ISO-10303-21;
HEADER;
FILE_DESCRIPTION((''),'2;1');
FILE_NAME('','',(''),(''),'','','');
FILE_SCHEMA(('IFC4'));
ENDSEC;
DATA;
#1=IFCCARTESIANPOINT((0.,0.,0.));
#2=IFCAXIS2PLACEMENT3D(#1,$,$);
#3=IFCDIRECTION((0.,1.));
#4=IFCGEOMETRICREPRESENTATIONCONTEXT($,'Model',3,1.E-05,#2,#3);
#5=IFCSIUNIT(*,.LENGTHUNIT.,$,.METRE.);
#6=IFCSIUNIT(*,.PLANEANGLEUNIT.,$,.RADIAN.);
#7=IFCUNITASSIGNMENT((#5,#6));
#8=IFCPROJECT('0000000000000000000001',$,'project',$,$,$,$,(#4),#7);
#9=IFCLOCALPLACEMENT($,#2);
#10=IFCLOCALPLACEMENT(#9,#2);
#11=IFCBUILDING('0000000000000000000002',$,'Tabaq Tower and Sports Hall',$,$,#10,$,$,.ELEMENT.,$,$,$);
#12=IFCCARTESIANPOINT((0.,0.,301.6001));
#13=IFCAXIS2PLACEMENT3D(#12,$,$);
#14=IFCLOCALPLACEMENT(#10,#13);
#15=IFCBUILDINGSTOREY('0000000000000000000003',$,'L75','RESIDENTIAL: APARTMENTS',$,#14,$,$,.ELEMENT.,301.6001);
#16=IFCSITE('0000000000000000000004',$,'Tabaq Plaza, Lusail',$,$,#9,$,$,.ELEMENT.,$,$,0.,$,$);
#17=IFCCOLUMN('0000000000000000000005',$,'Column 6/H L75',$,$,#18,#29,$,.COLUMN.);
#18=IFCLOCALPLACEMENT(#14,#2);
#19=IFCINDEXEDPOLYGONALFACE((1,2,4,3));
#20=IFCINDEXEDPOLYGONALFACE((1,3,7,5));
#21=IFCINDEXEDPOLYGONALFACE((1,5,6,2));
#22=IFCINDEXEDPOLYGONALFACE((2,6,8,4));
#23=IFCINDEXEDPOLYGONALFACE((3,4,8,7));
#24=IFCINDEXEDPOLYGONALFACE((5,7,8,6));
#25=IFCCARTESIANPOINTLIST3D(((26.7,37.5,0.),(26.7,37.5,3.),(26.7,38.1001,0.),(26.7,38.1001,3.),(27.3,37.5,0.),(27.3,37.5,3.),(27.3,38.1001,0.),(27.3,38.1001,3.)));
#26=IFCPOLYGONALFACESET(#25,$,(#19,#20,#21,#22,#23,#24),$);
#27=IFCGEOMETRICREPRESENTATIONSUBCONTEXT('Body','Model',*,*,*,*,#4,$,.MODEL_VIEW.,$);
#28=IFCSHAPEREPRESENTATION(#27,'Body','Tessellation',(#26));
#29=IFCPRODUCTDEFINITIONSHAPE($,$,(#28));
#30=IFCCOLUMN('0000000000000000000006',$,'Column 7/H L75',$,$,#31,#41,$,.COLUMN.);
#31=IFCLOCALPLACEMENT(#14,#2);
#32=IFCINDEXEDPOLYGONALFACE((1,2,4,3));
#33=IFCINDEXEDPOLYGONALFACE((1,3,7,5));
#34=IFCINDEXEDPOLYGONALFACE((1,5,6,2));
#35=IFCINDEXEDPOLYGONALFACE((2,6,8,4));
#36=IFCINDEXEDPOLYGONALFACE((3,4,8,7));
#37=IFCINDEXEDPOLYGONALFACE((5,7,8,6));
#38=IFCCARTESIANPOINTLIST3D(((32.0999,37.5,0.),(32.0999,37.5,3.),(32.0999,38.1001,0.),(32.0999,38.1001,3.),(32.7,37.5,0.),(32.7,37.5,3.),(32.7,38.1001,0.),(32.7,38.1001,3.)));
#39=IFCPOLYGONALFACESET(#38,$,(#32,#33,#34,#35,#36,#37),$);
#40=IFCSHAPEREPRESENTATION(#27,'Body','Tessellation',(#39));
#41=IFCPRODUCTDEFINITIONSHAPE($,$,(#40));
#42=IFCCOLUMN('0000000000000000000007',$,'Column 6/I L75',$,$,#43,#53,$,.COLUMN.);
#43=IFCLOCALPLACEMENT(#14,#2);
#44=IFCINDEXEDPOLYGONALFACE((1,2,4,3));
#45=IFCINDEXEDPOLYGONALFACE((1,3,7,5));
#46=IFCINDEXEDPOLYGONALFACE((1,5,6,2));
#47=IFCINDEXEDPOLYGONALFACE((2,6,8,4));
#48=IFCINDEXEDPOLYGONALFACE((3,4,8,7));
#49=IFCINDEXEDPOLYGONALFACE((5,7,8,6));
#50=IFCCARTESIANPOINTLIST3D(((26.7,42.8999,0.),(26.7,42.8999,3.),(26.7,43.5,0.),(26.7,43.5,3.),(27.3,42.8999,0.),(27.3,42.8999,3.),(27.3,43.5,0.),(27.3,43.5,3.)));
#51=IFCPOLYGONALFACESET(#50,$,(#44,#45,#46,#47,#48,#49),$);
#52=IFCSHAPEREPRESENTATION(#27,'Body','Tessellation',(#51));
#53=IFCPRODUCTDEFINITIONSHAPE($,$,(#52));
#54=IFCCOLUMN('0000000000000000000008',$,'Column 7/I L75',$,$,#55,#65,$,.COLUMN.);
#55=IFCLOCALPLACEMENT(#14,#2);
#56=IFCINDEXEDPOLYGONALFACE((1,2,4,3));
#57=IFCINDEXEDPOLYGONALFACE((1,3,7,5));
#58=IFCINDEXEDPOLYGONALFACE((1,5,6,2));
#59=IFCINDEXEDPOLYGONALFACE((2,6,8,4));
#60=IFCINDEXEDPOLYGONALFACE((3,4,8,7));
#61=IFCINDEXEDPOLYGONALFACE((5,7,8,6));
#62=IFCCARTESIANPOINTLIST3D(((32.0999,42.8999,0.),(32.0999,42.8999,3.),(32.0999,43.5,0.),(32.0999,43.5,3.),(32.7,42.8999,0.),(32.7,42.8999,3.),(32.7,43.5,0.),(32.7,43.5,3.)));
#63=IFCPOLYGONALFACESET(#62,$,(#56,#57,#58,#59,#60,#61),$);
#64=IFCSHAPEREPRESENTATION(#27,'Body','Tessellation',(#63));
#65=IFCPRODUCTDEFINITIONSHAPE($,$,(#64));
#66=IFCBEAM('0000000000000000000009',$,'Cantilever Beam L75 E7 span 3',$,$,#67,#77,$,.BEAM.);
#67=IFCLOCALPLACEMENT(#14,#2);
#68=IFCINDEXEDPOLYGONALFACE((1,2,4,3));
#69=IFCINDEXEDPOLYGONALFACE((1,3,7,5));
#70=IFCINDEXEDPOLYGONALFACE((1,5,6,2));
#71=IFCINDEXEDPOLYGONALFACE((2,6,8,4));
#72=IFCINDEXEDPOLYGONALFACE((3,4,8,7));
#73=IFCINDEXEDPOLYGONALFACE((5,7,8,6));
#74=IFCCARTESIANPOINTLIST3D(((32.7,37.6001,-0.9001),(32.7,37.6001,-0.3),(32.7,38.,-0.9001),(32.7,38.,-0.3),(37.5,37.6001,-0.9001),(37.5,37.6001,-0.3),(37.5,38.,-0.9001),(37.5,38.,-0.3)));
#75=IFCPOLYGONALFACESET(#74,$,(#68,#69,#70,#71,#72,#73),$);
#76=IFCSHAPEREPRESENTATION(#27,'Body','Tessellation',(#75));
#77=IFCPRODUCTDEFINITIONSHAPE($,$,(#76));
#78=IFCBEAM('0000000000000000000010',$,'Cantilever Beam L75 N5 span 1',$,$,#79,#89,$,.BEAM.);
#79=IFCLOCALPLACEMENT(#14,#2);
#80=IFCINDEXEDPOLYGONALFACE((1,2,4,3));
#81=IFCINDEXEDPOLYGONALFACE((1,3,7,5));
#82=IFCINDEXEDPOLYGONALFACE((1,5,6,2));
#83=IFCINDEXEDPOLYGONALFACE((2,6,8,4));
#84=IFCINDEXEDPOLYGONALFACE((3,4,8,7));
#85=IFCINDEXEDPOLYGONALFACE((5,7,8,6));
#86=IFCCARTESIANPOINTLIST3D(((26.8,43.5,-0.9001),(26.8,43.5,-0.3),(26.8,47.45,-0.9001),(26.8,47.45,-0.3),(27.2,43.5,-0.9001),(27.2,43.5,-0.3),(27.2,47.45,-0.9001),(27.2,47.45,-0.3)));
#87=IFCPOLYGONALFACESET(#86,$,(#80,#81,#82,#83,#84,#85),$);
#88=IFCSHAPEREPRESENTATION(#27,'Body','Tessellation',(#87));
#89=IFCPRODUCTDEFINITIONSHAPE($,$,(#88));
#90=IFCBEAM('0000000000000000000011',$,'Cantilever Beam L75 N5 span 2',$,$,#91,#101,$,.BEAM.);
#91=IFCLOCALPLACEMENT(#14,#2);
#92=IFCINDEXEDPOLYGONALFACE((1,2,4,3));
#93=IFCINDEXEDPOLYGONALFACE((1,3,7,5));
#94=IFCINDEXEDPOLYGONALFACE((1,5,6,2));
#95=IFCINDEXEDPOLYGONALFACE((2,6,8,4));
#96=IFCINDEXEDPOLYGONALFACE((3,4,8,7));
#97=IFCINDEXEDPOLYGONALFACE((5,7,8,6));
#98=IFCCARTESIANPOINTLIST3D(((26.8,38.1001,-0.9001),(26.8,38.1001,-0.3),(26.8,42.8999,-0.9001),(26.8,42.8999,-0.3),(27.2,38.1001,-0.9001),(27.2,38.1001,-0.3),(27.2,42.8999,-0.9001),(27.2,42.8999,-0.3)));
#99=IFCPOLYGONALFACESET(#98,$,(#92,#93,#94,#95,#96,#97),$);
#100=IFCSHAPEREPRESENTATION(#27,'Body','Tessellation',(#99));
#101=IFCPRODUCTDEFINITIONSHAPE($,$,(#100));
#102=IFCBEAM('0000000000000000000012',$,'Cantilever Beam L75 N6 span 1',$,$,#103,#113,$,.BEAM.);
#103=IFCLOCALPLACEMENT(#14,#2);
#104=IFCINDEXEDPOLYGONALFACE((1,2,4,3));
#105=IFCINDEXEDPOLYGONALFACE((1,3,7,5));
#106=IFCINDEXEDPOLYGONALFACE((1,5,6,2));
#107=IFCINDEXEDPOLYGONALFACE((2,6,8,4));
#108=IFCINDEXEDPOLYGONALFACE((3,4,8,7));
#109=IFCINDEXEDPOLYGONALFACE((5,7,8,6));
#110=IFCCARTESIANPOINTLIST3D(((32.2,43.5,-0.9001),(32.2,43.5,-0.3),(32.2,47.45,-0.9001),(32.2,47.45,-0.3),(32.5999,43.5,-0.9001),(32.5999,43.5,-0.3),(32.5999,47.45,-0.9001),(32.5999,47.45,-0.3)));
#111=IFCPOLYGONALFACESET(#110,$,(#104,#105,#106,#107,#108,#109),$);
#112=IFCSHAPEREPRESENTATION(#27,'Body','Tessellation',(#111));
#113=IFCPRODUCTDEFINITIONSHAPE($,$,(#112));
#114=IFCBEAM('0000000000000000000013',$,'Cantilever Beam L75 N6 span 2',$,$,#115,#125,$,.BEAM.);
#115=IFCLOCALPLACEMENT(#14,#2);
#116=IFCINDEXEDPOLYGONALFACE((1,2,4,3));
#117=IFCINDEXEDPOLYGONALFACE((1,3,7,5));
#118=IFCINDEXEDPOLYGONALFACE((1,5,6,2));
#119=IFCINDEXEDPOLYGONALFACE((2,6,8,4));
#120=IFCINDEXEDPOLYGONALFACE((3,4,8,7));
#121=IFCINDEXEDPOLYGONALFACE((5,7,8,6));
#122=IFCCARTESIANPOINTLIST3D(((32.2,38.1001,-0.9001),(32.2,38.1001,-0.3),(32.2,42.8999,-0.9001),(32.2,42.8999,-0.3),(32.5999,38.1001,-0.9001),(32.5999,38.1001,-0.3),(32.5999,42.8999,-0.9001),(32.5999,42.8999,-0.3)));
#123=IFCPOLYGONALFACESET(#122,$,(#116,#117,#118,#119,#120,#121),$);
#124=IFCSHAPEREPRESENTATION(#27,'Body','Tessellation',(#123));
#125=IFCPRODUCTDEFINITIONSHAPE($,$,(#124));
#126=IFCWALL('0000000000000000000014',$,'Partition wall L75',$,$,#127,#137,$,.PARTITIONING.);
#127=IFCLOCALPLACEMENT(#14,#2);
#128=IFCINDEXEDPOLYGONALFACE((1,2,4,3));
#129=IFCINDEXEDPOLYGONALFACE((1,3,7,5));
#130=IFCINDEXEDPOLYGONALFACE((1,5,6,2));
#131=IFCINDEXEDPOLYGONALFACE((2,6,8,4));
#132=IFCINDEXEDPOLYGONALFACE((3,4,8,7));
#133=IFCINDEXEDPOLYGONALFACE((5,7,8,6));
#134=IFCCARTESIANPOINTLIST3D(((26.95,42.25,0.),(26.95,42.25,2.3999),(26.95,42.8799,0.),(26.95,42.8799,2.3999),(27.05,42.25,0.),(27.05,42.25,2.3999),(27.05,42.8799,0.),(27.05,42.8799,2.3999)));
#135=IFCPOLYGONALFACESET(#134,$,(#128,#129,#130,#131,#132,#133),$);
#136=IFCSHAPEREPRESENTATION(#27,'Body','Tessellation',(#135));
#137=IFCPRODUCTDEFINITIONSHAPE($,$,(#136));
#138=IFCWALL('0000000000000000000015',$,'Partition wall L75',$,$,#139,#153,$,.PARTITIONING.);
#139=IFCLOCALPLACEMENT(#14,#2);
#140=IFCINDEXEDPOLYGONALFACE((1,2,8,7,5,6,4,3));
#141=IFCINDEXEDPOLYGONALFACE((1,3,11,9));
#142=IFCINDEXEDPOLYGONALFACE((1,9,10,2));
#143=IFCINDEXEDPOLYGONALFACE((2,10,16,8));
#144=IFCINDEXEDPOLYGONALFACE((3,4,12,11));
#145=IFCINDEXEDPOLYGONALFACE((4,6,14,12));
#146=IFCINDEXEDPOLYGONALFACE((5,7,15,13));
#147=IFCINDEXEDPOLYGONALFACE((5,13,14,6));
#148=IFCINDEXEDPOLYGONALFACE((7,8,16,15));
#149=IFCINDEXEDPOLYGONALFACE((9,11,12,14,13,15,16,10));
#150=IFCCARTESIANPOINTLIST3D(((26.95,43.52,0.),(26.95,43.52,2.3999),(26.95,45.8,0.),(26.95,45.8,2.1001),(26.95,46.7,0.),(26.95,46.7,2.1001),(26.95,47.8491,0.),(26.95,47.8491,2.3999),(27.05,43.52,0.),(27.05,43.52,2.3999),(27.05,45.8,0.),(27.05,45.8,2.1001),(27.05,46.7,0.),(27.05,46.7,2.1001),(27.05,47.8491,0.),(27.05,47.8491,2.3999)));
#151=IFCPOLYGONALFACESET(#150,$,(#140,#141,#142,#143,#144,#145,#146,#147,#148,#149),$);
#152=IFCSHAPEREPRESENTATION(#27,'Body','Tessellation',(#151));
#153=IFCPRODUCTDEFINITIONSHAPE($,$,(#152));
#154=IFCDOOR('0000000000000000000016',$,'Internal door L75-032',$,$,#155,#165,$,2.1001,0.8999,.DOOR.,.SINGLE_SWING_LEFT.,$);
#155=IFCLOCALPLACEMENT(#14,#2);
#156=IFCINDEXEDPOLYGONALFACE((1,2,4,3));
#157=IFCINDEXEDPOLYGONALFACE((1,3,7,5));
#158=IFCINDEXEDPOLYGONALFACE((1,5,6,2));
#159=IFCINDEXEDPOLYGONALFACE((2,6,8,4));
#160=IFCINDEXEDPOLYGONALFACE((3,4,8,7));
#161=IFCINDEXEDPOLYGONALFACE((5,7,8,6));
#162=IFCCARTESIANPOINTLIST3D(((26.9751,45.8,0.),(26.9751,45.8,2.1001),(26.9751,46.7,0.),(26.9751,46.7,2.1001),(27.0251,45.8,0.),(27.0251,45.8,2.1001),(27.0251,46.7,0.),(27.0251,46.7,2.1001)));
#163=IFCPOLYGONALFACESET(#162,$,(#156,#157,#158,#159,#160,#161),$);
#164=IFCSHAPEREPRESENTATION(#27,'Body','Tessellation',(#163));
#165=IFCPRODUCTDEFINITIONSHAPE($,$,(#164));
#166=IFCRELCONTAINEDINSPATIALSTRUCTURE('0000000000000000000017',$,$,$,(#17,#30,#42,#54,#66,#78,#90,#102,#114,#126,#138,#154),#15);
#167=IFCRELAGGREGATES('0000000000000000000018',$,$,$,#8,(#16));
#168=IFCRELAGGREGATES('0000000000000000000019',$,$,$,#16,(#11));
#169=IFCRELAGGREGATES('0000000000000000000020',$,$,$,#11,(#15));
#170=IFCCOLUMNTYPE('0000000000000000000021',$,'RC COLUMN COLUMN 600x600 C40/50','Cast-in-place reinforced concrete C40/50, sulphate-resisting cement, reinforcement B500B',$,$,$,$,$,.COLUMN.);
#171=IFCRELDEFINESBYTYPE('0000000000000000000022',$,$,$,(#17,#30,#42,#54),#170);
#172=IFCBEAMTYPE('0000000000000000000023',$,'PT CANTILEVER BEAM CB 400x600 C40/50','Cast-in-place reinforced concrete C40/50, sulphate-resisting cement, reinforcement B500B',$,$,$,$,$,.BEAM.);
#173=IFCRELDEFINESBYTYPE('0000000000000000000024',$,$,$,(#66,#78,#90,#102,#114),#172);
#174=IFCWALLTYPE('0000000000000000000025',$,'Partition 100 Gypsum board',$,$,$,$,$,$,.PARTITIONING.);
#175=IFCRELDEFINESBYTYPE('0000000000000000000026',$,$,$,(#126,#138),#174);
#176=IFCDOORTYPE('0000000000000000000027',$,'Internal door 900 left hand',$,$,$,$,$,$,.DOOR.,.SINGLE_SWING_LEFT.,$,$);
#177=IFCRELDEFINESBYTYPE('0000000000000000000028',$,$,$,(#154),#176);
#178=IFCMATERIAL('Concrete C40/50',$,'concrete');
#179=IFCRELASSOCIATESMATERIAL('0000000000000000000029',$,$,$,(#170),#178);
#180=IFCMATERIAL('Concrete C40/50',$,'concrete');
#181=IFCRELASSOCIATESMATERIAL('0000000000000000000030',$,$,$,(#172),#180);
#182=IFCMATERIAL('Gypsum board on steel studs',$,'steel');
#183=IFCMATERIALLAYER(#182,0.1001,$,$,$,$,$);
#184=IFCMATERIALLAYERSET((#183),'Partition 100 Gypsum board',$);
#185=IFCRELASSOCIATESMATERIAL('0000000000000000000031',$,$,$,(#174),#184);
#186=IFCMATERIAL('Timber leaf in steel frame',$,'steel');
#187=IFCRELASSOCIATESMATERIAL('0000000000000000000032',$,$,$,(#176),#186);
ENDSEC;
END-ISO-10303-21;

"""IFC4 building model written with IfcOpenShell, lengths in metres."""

from ifc_helpers import new_model, si_unit, direction, frame, frame_2d, origin, origin_2d, place, context, subcontext, project, spatial, rectangle, extrude, material, layer, layer_set, material_profile, profile_set, type_object, element, fill, save


model = new_model("IFC4")

# Units and contexts
model_context = context("Model", 3, precision=1e-05, world=origin(), true_north=direction((0.0, 1.0)))
body_context = subcontext(model_context, "Body", "Model", "MODEL_VIEW")
ifc_project = project(units=[si_unit("LENGTHUNIT", "METRE"), si_unit("PLANEANGLEUNIT", "RADIAN")], contexts=[model_context])

# Site, building, storey
site_placement = place(None, origin())
site = spatial("IfcSite", under=ifc_project, at=site_placement, Name="Tabaq Plaza, Lusail", CompositionType="ELEMENT", RefElevation=0.0)
building_placement = place(site_placement, origin())
building = spatial("IfcBuilding", under=site, at=building_placement, Name="Tabaq Tower and Sports Hall", CompositionType="ELEMENT")
storey_placement = place(building_placement, frame((0.0, 0.0, 301.6001)))
storey = spatial("IfcBuildingStorey", under=building, at=storey_placement, Name="L75", Description="RESIDENTIAL: APARTMENTS", CompositionType="ELEMENT", Elevation=301.6001)

# Columns
ifc_material_1 = material(Name="Concrete C40/50", Category="concrete")
ifc_material_profile_1 = material_profile(ifc_material_1, rectangle(XDim=0.6001, YDim=0.6001, at=origin_2d()), Name="COLUMN 600x600")
ifc_profile_set_1 = profile_set([ifc_material_profile_1], Name="Concrete C40/50")
column_type = type_object("IfcColumnType", Name="RC COLUMN COLUMN 600x600 C40/50", Description="Cast-in-place reinforced concrete C40/50, sulphate-resisting cement, reinforcement B500B", PredefinedType="COLUMN", material=ifc_profile_set_1)
for number, where, z_axis, x_axis, name in (
    (1, (27.0, 37.8, 0.0), (0.0, 0.0, 1.0), (1.0, 0.0, 0.0), "Column 6/H L75"),
    (2, (32.3999, 37.8, 0.0), (0.0, 0.0, 1.0), (1.0, 0.0, 0.0), "Column 7/H L75"),
    (3, (27.0, 43.2, 0.0), (0.0, 0.0, 1.0), (1.0, 0.0, 0.0), "Column 6/I L75"),
    (4, (32.3999, 43.2, 0.0), (0.0, 0.0, 1.0), (1.0, 0.0, 0.0), "Column 7/I L75"),
):
    element("IfcColumn", number, at=place(storey_placement, frame(where, z_axis=z_axis, x_axis=x_axis)), inside=storey, type_object=column_type, Name=name, PredefinedType="COLUMN", context=body_context, shape_type="SweptSolid", body=[
        extrude(rectangle(XDim=0.6001, YDim=0.6001, at=origin_2d()), origin(), (0.0, 0.0, 1.0), 3.0),
    ])

# Beams
ifc_material_2 = material(Name="Concrete C40/50", Category="concrete")
ifc_material_profile_2 = material_profile(ifc_material_2, rectangle(XDim=0.3999, YDim=0.6001, at=origin_2d()), Name="CB 400x600")
ifc_profile_set_2 = profile_set([ifc_material_profile_2], Name="Concrete C40/50")
beam_type = type_object("IfcBeamType", Name="PT CANTILEVER BEAM CB 400x600 C40/50", Description="Cast-in-place reinforced concrete C40/50, sulphate-resisting cement, reinforcement B500B", PredefinedType="BEAM", material=ifc_profile_set_2)
beam_1_placement = place(storey_placement, frame((37.5, 37.8, -0.6001), z_axis=(-1.0, 0.0, 0.0), x_axis=(0.0, -1.0, 0.0)))
element("IfcBeam", 5, at=beam_1_placement, inside=storey, type_object=beam_type, Name="Cantilever Beam L75 E7 span 3", PredefinedType="BEAM", context=body_context, shape_type="SweptSolid", body=[
    extrude(rectangle(XDim=0.3999, YDim=0.6001, at=origin_2d()), origin(), (0.0, 0.0, 1.0), 4.8),
])
beam_2_placement = place(storey_placement, frame((27.0, 47.45, -0.6001), z_axis=(0.0, -1.0, 0.0), x_axis=(1.0, 0.0, 0.0)))
element("IfcBeam", 6, at=beam_2_placement, inside=storey, type_object=beam_type, Name="Cantilever Beam L75 N5 span 1", PredefinedType="BEAM", context=body_context, shape_type="SweptSolid", body=[
    extrude(rectangle(XDim=0.3999, YDim=0.6001, at=origin_2d()), origin(), (0.0, 0.0, 1.0), 3.95),
])
beam_3_placement = place(storey_placement, frame((27.0, 42.8999, -0.6001), z_axis=(0.0, -1.0, 0.0), x_axis=(1.0, 0.0, 0.0)))
element("IfcBeam", 7, at=beam_3_placement, inside=storey, type_object=beam_type, Name="Cantilever Beam L75 N5 span 2", PredefinedType="BEAM", context=body_context, shape_type="SweptSolid", body=[
    extrude(rectangle(XDim=0.3999, YDim=0.6001, at=origin_2d()), origin(), (0.0, 0.0, 1.0), 4.7998),
])
beam_4_placement = place(storey_placement, frame((32.3999, 47.45, -0.6001), z_axis=(0.0, -1.0, 0.0), x_axis=(1.0, 0.0, 0.0)))
element("IfcBeam", 8, at=beam_4_placement, inside=storey, type_object=beam_type, Name="Cantilever Beam L75 N6 span 1", PredefinedType="BEAM", context=body_context, shape_type="SweptSolid", body=[
    extrude(rectangle(XDim=0.3999, YDim=0.6001, at=origin_2d()), origin(), (0.0, 0.0, 1.0), 3.95),
])
beam_5_placement = place(storey_placement, frame((32.3999, 42.8999, -0.6001), z_axis=(0.0, -1.0, 0.0), x_axis=(1.0, 0.0, 0.0)))
element("IfcBeam", 9, at=beam_5_placement, inside=storey, type_object=beam_type, Name="Cantilever Beam L75 N6 span 2", PredefinedType="BEAM", context=body_context, shape_type="SweptSolid", body=[
    extrude(rectangle(XDim=0.3999, YDim=0.6001, at=origin_2d()), origin(), (0.0, 0.0, 1.0), 4.7998),
])

# Wall
ifc_material_3 = material(Name="Gypsum board on steel studs", Category="steel")
ifc_layer_1 = layer(ifc_material_3, 0.1001)
ifc_layer_set_1 = layer_set([ifc_layer_1], Name="Partition 100 Gypsum board")
wall_type_1 = type_object("IfcWallType", Name="Partition 100 Gypsum board", PredefinedType="PARTITIONING", material=ifc_layer_set_1)
wall_1_placement = place(storey_placement, frame((27.0, 42.25, 0.0), z_axis=(0.0, 0.0, 1.0), x_axis=(0.0, 1.0, 0.0)))
element("IfcWall", 10, at=wall_1_placement, inside=storey, type_object=wall_type_1, Name="Partition wall L75", PredefinedType="PARTITIONING", context=body_context, shape_type="SweptSolid", body=[
    extrude(rectangle(XDim=0.6299, YDim=0.1001, at=frame_2d((0.3149, 0.0))), origin(), (0.0, 0.0, 1.0), 2.3999),
])

# Wall, opening, door
wall_2_placement = place(storey_placement, frame((27.0, 43.52, 0.0), z_axis=(0.0, 0.0, 1.0), x_axis=(0.0, 1.0, 0.0)))
wall_2 = element("IfcWall", 11, at=wall_2_placement, inside=storey, type_object=wall_type_1, Name="Partition wall L75", PredefinedType="PARTITIONING", context=body_context, shape_type="SweptSolid", body=[
    extrude(rectangle(XDim=4.3291, YDim=0.1001, at=frame_2d((2.1646, 0.0))), origin(), (0.0, 0.0, 1.0), 2.3999),
])
opening_1_placement = place(wall_2_placement, frame((2.28, 0.0, 0.0)))
opening_1 = element("IfcOpeningElement", 12, at=opening_1_placement, cuts=wall_2, PredefinedType="OPENING", context=body_context, shape_type="SweptSolid", body=[
    extrude(rectangle(XDim=0.8999, YDim=2.1001, at=frame_2d((0.45, 1.05))), frame((0.0, 0.05, 0.0), z_axis=(0.0, -1.0, 0.0), x_axis=(1.0, 0.0, 0.0)), (0.0, 0.0, 1.0), 0.1001),
])
ifc_material_4 = material(Name="Timber leaf in steel frame", Category="steel")
door_type_1 = type_object("IfcDoorType", Name="Internal door 900 left hand", OperationType="SINGLE_SWING_LEFT", PredefinedType="DOOR", material=ifc_material_4)
door_1_placement = place(opening_1_placement, origin())
door_1 = element("IfcDoor", 13, at=door_1_placement, inside=storey, type_object=door_type_1, Name="Internal door L75-032", OperationType="SINGLE_SWING_LEFT", OverallHeight=2.1001, OverallWidth=0.8999, PredefinedType="DOOR", context=body_context, shape_type="SweptSolid", body=[
    extrude(rectangle(XDim=0.8999, YDim=2.1001, at=frame_2d((0.45, 1.05))), frame((0.0, 0.0249, 0.0), z_axis=(0.0, -1.0, 0.0), x_axis=(1.0, 0.0, 0.0)), (0.0, 0.0, 1.0), 0.05),
])
fill(opening_1, door_1)

save(model, "model.ifc")
